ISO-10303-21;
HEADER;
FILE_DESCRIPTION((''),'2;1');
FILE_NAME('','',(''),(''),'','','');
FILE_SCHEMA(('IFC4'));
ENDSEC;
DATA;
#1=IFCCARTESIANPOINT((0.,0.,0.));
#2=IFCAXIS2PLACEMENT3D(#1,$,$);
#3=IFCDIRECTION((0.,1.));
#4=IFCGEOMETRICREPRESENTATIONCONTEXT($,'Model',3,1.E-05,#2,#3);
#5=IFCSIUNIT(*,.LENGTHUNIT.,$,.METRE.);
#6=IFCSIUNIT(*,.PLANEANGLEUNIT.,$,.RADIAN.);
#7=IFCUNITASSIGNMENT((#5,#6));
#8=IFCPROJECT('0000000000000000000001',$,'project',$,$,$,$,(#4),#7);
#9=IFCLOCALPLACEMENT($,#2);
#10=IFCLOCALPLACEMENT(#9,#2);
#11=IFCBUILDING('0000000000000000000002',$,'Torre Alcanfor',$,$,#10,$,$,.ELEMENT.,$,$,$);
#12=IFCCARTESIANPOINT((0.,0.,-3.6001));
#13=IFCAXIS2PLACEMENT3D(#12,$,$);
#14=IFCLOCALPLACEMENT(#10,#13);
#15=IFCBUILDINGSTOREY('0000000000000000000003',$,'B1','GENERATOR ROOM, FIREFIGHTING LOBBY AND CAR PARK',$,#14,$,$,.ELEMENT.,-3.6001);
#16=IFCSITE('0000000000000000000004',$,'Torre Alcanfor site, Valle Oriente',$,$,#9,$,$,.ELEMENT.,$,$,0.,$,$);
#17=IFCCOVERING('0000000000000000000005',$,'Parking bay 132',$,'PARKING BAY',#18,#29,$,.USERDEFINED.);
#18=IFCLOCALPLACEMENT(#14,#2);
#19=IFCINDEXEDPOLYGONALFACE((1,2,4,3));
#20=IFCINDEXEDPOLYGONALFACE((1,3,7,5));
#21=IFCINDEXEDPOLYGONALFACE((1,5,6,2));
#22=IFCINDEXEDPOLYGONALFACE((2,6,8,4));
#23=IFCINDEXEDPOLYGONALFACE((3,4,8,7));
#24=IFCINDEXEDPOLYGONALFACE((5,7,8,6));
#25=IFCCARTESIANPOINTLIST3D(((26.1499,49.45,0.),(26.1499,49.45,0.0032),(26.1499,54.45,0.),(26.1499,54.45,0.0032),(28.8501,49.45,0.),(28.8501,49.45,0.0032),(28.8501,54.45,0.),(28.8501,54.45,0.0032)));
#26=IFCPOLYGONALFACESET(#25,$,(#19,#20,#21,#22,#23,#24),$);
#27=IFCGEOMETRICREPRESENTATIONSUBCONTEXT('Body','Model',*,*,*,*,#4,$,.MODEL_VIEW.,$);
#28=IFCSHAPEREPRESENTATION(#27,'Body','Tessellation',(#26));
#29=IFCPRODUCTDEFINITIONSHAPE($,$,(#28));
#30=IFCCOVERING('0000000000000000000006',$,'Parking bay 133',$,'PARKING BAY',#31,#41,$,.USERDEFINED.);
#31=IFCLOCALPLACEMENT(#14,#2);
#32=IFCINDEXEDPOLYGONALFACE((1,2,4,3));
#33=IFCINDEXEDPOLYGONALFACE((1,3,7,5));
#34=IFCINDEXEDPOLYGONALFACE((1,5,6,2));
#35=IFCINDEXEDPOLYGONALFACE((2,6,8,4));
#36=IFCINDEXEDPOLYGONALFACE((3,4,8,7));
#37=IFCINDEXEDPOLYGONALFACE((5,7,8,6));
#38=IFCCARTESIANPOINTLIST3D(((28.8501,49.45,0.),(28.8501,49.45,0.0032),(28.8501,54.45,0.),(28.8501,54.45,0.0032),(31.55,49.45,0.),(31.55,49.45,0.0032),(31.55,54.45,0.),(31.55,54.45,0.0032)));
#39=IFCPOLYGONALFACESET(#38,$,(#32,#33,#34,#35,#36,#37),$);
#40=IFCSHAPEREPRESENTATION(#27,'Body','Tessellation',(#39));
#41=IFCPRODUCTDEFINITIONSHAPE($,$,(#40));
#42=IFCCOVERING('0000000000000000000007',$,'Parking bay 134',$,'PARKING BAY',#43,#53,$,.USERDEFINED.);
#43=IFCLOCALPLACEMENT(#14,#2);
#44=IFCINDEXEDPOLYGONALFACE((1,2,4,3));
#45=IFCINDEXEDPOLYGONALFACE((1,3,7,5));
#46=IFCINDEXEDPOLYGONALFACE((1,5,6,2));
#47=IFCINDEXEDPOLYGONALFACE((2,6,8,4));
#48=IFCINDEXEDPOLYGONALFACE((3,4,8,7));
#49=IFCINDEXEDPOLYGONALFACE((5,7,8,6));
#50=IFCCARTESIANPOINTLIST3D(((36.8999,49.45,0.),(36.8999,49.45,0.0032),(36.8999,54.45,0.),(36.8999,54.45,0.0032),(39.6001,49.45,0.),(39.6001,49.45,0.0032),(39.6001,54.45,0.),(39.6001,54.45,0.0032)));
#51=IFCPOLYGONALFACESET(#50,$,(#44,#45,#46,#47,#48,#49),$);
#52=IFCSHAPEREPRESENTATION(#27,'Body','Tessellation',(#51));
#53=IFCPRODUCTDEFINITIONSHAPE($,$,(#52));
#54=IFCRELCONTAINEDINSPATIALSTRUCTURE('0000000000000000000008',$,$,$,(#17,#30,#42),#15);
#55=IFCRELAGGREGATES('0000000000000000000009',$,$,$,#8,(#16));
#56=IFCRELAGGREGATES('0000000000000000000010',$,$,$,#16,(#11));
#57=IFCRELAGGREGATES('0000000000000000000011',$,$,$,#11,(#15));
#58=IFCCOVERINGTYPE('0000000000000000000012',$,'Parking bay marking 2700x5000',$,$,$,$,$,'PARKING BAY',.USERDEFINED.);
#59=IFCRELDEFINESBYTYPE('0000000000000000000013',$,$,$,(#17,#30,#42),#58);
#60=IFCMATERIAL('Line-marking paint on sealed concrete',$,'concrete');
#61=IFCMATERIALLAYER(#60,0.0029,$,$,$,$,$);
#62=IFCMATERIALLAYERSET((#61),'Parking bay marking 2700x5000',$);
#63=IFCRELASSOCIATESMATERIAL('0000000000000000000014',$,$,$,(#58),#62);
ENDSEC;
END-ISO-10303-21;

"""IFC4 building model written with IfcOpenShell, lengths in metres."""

from ifc_helpers import new_model, si_unit, direction, frame, origin, place, context, subcontext, project, spatial, polyline, outline, extrude, material, layer, layer_set, type_object, element, save


model = new_model("IFC4")

# Units and contexts
model_context = context("Model", 3, precision=1e-05, world=origin(), true_north=direction((0.0, 1.0)))
body_context = subcontext(model_context, "Body", "Model", "MODEL_VIEW")
ifc_project = project(units=[si_unit("LENGTHUNIT", "METRE"), si_unit("PLANEANGLEUNIT", "RADIAN")], contexts=[model_context])

# Site, building, storey
site_placement = place(None, origin())
site = spatial("IfcSite", under=ifc_project, at=site_placement, Name="Torre Alcanfor site, Valle Oriente", CompositionType="ELEMENT", RefElevation=0.0)
building_placement = place(site_placement, origin())
building = spatial("IfcBuilding", under=site, at=building_placement, Name="Torre Alcanfor", CompositionType="ELEMENT")
storey_placement = place(building_placement, frame((0.0, 0.0, -3.6001)))
storey = spatial("IfcBuildingStorey", under=building, at=storey_placement, Name="B1", Description="GENERATOR ROOM, FIREFIGHTING LOBBY AND CAR PARK", CompositionType="ELEMENT", Elevation=-3.6001)

# Coverings
ifc_material_1 = material(Name="Line-marking paint on sealed concrete", Category="concrete")
ifc_layer = layer(ifc_material_1, 0.0029)
ifc_layer_set = layer_set([ifc_layer], Name="Parking bay marking 2700x5000")
covering_type = type_object("IfcCoveringType", Name="Parking bay marking 2700x5000", ElementType="PARKING BAY", PredefinedType="USERDEFINED", material=ifc_layer_set)
covering_1_placement = place(storey_placement, origin())
element("IfcCovering", 1, at=covering_1_placement, inside=storey, type_object=covering_type, Name="Parking bay 132", ObjectType="PARKING BAY", PredefinedType="USERDEFINED", context=body_context, shape_type="SweptSolid", body=[
    extrude(outline(polyline([(26.1499, 49.45), (28.8501, 49.45), (28.8501, 54.45), (26.1499, 54.45), (26.1499, 49.45)])), origin(), (0.0, 0.0, 1.0), 0.0032),
])
covering_2_placement = place(storey_placement, origin())
element("IfcCovering", 2, at=covering_2_placement, inside=storey, type_object=covering_type, Name="Parking bay 133", ObjectType="PARKING BAY", PredefinedType="USERDEFINED", context=body_context, shape_type="SweptSolid", body=[
    extrude(outline(polyline([(28.8501, 49.45), (31.55, 49.45), (31.55, 54.45), (28.8501, 54.45), (28.8501, 49.45)])), origin(), (0.0, 0.0, 1.0), 0.0032),
])
covering_3_placement = place(storey_placement, origin())
element("IfcCovering", 3, at=covering_3_placement, inside=storey, type_object=covering_type, Name="Parking bay 134", ObjectType="PARKING BAY", PredefinedType="USERDEFINED", context=body_context, shape_type="SweptSolid", body=[
    extrude(outline(polyline([(36.8999, 49.45), (39.6001, 49.45), (39.6001, 54.45), (36.8999, 54.45), (36.8999, 49.45)])), origin(), (0.0, 0.0, 1.0), 0.0032),
])

save(model, "model.ifc")
